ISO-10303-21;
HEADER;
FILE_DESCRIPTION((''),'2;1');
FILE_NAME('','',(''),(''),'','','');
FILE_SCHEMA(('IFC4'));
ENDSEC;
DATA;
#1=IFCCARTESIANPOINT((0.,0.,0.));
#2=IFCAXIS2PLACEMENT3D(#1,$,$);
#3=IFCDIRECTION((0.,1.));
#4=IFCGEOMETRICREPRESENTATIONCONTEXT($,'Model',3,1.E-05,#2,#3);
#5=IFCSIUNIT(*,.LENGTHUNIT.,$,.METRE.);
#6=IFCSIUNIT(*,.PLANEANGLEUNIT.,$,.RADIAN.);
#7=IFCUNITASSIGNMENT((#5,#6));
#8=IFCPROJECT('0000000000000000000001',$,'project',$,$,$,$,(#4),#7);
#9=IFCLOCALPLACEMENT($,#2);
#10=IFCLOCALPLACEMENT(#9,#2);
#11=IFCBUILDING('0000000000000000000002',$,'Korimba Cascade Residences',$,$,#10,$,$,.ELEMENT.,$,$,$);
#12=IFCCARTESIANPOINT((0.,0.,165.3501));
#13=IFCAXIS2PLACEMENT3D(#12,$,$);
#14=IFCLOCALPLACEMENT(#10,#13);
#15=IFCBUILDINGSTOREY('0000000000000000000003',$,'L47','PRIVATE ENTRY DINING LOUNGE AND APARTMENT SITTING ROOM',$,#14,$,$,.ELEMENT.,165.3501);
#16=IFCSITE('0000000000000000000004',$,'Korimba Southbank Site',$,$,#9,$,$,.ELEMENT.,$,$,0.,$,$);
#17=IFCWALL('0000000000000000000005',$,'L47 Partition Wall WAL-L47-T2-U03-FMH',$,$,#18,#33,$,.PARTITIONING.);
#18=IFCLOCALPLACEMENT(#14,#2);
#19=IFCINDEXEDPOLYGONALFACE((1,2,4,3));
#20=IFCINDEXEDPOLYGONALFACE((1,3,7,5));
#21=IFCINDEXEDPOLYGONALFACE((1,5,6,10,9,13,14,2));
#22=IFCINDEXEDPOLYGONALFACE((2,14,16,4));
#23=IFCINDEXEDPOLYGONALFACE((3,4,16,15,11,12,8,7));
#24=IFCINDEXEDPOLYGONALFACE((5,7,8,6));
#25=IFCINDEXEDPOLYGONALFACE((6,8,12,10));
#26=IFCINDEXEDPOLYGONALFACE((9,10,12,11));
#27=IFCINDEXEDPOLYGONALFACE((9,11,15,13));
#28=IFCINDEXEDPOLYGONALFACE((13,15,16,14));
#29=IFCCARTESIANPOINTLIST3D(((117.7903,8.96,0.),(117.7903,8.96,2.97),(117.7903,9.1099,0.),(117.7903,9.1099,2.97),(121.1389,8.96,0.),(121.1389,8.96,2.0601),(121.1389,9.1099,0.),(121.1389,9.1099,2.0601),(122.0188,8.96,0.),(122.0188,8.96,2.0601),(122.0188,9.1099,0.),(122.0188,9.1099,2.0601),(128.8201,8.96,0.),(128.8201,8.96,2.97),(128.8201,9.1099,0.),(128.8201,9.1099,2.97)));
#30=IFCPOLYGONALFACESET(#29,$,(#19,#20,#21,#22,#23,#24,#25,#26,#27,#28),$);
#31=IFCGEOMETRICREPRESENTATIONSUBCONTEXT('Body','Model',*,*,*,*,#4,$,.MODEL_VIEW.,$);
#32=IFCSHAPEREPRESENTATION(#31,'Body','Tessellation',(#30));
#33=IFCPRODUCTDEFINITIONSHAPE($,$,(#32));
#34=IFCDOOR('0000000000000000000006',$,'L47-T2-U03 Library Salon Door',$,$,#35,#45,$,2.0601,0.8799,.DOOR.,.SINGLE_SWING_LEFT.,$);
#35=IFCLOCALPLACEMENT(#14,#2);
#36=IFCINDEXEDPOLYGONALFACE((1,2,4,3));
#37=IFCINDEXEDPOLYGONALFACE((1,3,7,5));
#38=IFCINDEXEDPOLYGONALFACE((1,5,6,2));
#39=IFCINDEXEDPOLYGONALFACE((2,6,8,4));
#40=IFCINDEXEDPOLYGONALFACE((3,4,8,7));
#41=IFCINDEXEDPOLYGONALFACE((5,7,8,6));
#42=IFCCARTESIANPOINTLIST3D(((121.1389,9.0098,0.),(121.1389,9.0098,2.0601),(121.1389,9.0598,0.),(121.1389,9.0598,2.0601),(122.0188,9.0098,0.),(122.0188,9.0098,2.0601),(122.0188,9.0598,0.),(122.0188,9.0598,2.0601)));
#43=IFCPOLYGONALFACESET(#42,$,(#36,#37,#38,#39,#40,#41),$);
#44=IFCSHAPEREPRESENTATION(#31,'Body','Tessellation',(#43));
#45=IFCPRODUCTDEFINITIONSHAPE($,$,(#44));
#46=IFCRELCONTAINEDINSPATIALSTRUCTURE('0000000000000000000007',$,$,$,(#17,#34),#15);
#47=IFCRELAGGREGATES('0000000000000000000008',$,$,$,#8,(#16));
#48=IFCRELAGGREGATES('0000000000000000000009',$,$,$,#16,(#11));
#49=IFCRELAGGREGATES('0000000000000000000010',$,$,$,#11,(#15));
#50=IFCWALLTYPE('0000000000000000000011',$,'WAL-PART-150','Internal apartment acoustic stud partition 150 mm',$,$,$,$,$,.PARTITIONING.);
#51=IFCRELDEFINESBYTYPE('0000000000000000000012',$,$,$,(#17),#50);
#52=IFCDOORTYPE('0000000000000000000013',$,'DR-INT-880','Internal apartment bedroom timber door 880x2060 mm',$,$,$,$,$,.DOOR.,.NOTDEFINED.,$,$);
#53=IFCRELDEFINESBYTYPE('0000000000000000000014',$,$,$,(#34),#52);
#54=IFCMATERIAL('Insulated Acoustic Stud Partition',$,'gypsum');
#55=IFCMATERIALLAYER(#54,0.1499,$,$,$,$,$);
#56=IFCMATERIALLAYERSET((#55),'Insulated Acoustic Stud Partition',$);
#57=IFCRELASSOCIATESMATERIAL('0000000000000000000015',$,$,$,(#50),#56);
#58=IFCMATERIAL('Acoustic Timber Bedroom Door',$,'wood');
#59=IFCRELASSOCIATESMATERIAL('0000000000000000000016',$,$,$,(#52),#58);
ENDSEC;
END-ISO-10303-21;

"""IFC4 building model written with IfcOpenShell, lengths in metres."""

from ifc_helpers import new_model, si_unit, direction, frame, frame_2d, origin, place, context, subcontext, project, spatial, rectangle, extrude, material, layer, layer_set, type_object, element, fill, save


model = new_model("IFC4")

# Units and contexts
model_context = context("Model", 3, precision=1e-05, world=origin(), true_north=direction((0.0, 1.0)))
body_context = subcontext(model_context, "Body", "Model", "MODEL_VIEW")
ifc_project = project(units=[si_unit("LENGTHUNIT", "METRE"), si_unit("PLANEANGLEUNIT", "RADIAN")], contexts=[model_context])

# Site, building, storey
site_placement = place(None, origin())
site = spatial("IfcSite", under=ifc_project, at=site_placement, Name="Korimba Southbank Site", CompositionType="ELEMENT", RefElevation=0.0)
building_placement = place(site_placement, origin())
building = spatial("IfcBuilding", under=site, at=building_placement, Name="Korimba Cascade Residences", CompositionType="ELEMENT")
storey_placement = place(building_placement, frame((0.0, 0.0, 165.3501)))
storey = spatial("IfcBuildingStorey", under=building, at=storey_placement, Name="L47", Description="PRIVATE ENTRY DINING LOUNGE AND APARTMENT SITTING ROOM", CompositionType="ELEMENT", Elevation=165.3501)

# Wall, opening, door
ifc_material_1 = material(Name="Insulated Acoustic Stud Partition", Category="gypsum")
ifc_layer_1 = layer(ifc_material_1, 0.1499)
ifc_layer_set_1 = layer_set([ifc_layer_1], Name="Insulated Acoustic Stud Partition")
wall_type_1 = type_object("IfcWallType", Name="WAL-PART-150", Description="Internal apartment acoustic stud partition 150 mm", PredefinedType="PARTITIONING", material=ifc_layer_set_1)
wall_1_placement = place(storey_placement, frame((117.7903, 9.0349, 0.0), z_axis=(0.0, 0.0, 1.0), x_axis=(1.0, 0.0, 0.0)))
wall_1 = element("IfcWall", 1, at=wall_1_placement, inside=storey, type_object=wall_type_1, Name="L47 Partition Wall WAL-L47-T2-U03-FMH", PredefinedType="PARTITIONING", context=body_context, shape_type="SweptSolid", body=[
    extrude(rectangle(XDim=11.0298, YDim=0.1499, at=frame_2d((5.5149, 0.0))), origin(), (0.0, 0.0, 1.0), 2.97),
])
opening_1_placement = place(wall_1_placement, frame((3.3486, 0.0, 0.0)))
opening_1 = element("IfcOpeningElement", 2, at=opening_1_placement, cuts=wall_1, PredefinedType="OPENING", context=body_context, shape_type="SweptSolid", body=[
    extrude(rectangle(XDim=0.8799, YDim=2.0601, at=frame_2d((0.4399, 1.03))), frame((0.0, 0.085, 0.0), z_axis=(0.0, -1.0, 0.0), x_axis=(1.0, 0.0, 0.0)), (0.0, 0.0, 1.0), 0.1699),
])
ifc_material_2 = material(Name="Acoustic Timber Bedroom Door", Category="wood")
door_type_1 = type_object("IfcDoorType", Name="DR-INT-880", Description="Internal apartment bedroom timber door 880x2060 mm", OperationType="NOTDEFINED", PredefinedType="DOOR", material=ifc_material_2)
door_1_placement = place(opening_1_placement, origin())
door_1 = element("IfcDoor", 3, at=door_1_placement, inside=storey, type_object=door_type_1, Name="L47-T2-U03 Library Salon Door", OperationType="SINGLE_SWING_LEFT", OverallHeight=2.0601, OverallWidth=0.8799, PredefinedType="DOOR", context=body_context, shape_type="SweptSolid", body=[
    extrude(rectangle(XDim=0.8799, YDim=2.0601, at=frame_2d((0.4399, 1.03))), frame((0.0, 0.0249, 0.0), z_axis=(0.0, -1.0, 0.0), x_axis=(1.0, 0.0, 0.0)), (0.0, 0.0, 1.0), 0.05),
])
fill(opening_1, door_1)

save(model, "model.ifc")
